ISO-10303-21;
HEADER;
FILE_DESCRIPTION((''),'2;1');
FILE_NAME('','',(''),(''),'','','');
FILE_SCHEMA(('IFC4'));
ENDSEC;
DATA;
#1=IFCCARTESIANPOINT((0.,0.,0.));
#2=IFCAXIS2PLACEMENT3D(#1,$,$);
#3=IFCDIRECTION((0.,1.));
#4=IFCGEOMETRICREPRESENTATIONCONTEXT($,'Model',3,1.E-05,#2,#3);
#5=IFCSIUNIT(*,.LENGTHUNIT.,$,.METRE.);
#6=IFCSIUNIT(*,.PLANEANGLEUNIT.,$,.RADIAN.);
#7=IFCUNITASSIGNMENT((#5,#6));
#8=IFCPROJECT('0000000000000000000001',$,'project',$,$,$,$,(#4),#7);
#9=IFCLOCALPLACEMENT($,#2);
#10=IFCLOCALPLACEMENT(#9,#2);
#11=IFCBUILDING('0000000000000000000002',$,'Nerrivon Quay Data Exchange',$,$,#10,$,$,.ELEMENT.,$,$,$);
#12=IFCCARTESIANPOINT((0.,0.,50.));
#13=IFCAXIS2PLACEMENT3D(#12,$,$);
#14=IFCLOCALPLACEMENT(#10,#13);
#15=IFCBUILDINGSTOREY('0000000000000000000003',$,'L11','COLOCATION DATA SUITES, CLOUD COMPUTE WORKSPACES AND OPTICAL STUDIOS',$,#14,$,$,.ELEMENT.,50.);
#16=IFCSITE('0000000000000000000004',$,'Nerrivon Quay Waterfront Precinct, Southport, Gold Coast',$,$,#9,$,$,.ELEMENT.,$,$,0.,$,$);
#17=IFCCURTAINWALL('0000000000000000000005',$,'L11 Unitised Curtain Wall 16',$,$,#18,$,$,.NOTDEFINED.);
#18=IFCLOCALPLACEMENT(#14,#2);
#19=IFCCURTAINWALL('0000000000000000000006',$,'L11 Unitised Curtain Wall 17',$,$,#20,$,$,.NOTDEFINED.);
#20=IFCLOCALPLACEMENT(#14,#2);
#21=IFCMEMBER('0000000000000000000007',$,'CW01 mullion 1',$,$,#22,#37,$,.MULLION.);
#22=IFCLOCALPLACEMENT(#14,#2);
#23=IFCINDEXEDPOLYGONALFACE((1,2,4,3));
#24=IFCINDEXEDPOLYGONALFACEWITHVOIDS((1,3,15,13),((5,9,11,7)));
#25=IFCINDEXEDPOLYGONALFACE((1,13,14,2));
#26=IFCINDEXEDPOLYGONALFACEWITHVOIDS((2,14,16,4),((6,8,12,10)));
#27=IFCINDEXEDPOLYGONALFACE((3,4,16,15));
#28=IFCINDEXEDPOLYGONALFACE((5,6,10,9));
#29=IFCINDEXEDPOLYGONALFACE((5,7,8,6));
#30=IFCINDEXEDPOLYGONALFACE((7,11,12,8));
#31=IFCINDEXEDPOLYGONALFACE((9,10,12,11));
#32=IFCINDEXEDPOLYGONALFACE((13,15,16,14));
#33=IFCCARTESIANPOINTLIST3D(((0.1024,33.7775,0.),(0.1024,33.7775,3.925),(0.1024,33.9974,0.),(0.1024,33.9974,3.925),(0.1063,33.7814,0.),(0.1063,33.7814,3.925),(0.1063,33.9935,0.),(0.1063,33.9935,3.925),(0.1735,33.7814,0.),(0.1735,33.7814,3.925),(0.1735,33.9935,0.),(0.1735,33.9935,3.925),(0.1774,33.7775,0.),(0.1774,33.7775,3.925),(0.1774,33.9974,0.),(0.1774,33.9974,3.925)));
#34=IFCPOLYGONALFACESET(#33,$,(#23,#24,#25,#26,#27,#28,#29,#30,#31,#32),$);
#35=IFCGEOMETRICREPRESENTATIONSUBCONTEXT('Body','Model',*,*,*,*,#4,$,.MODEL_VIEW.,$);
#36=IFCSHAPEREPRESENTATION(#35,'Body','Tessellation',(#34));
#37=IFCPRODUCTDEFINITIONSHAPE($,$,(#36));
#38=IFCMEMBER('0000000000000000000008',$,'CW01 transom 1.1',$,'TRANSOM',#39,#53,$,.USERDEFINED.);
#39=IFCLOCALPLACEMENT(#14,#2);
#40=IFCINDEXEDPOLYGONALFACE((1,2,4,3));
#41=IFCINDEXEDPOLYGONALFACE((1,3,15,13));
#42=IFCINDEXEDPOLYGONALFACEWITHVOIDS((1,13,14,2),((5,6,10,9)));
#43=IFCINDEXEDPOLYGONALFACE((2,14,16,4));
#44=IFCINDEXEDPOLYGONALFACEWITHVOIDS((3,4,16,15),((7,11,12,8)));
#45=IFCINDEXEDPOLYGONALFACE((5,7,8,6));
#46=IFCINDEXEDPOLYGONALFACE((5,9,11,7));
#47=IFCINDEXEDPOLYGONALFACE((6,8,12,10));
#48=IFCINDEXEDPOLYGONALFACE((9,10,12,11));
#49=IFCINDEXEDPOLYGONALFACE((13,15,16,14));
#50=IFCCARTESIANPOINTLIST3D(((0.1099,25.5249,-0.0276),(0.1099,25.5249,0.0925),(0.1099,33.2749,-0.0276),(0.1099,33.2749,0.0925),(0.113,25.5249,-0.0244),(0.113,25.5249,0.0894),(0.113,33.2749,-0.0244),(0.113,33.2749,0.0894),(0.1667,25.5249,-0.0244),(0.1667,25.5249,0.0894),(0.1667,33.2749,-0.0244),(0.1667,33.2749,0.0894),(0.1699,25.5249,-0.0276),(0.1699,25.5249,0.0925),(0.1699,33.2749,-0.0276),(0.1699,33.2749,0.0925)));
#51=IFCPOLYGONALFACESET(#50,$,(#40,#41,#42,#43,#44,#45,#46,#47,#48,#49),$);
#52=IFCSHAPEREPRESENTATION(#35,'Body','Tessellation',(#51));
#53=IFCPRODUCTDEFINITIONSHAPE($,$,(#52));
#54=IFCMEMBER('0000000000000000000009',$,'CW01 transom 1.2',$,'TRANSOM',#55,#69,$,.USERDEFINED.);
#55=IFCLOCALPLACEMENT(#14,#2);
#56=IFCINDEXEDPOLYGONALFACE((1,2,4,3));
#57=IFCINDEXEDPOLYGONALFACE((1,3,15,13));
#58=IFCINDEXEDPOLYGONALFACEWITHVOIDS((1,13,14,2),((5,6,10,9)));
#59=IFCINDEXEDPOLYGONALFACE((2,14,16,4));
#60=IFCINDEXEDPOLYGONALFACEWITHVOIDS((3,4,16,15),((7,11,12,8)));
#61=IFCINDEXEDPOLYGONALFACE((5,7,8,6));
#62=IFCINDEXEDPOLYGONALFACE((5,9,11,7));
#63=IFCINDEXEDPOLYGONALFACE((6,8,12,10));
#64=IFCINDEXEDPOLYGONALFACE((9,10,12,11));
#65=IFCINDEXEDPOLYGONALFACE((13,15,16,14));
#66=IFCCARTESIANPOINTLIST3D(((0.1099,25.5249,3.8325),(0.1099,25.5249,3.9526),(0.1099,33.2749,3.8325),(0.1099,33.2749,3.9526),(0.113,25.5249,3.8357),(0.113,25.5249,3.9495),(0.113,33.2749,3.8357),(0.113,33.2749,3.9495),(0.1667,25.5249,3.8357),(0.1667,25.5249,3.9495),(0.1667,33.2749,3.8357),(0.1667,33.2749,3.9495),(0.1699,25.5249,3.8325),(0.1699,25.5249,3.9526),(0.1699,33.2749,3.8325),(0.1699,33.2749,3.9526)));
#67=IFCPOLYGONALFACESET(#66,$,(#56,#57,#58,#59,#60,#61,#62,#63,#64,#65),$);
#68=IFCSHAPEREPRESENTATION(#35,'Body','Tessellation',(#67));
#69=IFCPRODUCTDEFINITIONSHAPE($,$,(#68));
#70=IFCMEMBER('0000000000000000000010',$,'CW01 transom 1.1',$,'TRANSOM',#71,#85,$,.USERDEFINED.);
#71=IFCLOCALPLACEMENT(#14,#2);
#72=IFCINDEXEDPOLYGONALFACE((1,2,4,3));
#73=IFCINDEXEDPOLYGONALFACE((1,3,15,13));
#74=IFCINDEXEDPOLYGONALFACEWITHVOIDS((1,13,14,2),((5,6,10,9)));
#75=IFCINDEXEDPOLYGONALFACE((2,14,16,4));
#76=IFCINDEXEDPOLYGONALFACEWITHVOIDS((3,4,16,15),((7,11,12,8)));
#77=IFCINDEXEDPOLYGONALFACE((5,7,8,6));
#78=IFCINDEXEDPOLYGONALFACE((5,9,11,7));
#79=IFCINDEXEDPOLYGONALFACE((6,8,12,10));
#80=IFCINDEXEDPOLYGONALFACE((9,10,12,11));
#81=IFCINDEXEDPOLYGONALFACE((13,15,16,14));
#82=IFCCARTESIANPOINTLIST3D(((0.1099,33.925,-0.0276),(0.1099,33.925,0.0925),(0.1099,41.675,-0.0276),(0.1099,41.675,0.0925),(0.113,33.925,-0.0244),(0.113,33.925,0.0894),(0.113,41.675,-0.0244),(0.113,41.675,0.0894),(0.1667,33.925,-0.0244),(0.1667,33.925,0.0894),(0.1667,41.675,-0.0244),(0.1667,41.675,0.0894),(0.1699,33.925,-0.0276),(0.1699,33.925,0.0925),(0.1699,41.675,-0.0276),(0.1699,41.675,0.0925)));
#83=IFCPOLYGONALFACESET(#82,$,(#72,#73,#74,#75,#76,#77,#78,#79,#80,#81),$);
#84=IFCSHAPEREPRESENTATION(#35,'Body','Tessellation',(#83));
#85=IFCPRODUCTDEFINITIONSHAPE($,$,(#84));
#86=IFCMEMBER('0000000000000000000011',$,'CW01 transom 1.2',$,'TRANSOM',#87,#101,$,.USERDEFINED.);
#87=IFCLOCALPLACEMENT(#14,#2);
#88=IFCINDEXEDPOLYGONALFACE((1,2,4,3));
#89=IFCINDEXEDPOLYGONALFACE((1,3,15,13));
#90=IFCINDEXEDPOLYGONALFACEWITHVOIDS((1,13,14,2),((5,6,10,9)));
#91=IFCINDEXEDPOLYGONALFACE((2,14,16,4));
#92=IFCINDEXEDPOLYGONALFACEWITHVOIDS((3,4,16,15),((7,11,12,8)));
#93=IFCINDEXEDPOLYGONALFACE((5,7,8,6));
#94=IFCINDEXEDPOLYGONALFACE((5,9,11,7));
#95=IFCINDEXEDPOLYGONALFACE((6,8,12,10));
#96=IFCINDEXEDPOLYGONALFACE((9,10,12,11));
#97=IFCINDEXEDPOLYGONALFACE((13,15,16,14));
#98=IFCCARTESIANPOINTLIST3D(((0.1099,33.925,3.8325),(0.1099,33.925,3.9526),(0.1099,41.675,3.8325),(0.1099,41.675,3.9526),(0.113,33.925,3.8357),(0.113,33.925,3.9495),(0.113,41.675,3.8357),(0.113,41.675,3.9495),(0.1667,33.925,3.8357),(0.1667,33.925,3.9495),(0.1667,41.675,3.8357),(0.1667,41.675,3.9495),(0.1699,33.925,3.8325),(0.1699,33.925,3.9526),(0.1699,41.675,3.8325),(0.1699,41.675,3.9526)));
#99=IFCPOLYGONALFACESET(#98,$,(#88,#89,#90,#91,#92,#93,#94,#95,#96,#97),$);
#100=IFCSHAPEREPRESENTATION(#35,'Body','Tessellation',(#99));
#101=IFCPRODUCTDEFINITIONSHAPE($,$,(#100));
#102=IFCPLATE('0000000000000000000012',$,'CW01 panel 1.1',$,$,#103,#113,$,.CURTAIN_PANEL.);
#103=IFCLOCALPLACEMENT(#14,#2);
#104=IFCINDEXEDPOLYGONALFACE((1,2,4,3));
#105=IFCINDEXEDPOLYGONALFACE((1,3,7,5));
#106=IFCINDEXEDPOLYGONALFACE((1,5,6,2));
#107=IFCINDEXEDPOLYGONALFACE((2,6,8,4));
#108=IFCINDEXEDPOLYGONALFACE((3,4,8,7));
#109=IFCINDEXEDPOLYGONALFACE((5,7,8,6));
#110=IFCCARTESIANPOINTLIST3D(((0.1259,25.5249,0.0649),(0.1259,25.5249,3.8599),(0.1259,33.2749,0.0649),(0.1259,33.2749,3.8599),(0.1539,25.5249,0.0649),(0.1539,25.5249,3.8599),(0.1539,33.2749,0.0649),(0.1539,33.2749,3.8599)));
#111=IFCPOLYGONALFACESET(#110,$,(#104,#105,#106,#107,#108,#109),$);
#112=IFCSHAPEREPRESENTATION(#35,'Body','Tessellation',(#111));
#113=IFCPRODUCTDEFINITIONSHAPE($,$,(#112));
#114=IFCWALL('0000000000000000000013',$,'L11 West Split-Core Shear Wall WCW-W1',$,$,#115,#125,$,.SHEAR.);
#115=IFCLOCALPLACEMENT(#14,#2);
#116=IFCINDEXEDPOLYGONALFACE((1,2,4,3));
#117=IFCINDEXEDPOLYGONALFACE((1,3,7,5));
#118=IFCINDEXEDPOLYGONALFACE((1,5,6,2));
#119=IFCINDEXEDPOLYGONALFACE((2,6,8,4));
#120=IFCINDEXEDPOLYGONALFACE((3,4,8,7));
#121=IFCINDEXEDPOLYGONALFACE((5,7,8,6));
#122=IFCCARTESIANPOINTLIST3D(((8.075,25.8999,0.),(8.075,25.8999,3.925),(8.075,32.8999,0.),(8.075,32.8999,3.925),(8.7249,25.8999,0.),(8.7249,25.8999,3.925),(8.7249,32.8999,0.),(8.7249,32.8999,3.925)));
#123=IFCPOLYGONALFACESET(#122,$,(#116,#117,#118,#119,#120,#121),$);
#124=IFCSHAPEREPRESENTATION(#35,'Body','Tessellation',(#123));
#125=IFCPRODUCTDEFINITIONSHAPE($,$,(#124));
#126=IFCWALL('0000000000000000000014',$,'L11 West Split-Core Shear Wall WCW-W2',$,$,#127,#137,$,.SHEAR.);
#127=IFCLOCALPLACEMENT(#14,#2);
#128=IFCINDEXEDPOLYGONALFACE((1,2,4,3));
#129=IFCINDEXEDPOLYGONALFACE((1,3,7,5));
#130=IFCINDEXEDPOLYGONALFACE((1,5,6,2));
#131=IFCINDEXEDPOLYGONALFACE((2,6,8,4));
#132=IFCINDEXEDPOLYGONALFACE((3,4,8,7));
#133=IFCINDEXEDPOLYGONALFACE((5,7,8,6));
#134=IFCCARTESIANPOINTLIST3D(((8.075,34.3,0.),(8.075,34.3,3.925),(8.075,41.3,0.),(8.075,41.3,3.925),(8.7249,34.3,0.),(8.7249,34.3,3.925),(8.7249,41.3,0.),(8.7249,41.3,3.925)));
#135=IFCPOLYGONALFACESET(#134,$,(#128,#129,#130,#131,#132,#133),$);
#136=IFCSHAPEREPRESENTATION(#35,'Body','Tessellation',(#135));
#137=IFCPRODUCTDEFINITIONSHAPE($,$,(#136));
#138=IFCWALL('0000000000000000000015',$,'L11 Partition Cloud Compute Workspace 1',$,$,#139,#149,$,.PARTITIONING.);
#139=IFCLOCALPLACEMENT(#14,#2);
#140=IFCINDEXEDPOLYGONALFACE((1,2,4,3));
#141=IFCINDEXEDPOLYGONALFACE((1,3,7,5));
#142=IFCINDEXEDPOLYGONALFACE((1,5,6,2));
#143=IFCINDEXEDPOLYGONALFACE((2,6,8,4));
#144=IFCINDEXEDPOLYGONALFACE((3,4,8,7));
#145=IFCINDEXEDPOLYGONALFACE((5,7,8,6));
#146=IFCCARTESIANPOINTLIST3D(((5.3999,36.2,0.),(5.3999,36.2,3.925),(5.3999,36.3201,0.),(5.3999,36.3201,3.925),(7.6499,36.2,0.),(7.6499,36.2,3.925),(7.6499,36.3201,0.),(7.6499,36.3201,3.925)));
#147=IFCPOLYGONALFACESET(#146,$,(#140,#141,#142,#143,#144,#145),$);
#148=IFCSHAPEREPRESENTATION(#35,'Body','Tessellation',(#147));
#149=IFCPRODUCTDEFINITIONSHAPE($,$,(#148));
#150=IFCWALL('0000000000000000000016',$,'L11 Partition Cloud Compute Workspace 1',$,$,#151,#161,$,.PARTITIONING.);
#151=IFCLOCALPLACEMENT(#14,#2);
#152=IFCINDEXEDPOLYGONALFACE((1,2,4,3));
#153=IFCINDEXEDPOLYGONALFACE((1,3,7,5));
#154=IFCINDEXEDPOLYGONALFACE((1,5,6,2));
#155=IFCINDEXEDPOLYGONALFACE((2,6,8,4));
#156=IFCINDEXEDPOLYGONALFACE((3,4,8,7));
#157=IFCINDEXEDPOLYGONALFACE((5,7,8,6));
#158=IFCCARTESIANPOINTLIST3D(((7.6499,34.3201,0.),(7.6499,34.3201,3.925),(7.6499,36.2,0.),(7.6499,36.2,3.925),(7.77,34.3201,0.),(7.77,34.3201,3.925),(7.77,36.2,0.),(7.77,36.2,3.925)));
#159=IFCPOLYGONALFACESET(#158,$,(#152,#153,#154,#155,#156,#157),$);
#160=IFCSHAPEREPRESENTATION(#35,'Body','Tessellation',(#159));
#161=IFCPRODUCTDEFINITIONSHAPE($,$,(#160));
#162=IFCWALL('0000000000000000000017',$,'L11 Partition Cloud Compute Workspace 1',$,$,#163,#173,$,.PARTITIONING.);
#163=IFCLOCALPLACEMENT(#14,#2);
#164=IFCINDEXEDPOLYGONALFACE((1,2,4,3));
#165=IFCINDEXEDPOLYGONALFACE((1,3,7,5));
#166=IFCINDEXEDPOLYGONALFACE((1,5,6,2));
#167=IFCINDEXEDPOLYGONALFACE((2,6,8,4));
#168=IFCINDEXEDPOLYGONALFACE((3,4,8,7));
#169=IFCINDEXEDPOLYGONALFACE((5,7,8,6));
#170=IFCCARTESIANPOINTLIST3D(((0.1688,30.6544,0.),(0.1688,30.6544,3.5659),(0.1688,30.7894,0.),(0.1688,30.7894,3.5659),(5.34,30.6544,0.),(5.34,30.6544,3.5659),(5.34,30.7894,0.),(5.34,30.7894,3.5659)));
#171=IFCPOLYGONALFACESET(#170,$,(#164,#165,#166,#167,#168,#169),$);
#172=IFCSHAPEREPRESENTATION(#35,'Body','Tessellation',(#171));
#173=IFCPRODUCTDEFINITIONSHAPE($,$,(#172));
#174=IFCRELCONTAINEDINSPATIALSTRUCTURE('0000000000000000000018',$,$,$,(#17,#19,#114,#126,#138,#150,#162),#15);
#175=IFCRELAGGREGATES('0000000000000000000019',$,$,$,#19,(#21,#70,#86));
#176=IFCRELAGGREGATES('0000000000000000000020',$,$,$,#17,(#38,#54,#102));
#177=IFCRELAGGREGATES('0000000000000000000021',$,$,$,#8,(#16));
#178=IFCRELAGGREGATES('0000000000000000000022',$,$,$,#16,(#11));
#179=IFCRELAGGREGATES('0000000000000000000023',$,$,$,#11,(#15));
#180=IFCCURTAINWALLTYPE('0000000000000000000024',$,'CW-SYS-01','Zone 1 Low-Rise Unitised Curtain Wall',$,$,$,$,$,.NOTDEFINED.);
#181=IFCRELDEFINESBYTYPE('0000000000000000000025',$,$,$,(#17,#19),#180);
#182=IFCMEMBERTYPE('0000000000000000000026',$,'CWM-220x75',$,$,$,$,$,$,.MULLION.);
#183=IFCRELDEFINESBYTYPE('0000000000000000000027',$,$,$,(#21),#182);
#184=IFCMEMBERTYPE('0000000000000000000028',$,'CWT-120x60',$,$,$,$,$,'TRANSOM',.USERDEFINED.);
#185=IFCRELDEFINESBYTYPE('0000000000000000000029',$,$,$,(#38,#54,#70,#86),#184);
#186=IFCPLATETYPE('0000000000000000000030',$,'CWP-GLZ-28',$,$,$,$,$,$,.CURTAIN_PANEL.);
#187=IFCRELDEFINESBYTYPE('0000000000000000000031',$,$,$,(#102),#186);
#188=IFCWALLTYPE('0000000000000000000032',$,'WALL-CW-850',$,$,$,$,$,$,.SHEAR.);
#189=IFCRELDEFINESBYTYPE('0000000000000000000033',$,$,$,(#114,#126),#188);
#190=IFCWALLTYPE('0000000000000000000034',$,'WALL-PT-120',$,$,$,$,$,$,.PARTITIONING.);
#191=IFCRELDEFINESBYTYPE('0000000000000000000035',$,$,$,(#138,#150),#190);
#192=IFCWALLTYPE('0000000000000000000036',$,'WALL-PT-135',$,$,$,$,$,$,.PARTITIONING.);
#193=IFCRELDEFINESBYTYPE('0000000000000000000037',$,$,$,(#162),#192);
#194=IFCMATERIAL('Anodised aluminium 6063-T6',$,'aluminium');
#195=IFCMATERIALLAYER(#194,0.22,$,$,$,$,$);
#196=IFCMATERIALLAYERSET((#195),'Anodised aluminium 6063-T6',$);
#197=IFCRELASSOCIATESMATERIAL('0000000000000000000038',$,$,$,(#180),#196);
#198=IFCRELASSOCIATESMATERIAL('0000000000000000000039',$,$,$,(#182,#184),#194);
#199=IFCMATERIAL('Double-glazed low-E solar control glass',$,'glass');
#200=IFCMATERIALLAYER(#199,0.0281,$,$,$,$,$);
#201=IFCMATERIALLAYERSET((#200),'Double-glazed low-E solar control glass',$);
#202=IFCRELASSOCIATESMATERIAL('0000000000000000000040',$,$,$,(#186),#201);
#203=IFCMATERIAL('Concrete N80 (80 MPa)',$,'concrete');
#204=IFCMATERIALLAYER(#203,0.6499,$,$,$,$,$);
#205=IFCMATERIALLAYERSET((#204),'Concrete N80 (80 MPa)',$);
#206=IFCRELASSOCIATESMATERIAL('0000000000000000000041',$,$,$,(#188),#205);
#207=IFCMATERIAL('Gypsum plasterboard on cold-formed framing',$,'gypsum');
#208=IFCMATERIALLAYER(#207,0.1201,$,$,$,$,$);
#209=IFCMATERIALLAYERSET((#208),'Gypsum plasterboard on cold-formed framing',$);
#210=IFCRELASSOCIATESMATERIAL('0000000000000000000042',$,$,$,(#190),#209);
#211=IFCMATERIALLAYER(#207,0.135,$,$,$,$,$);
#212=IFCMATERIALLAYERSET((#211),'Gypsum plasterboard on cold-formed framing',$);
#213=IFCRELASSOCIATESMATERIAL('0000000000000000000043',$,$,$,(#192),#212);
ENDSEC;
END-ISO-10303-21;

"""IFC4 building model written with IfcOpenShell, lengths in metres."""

from ifc_helpers import new_model, si_unit, direction, frame, frame_2d, origin, origin_2d, place, context, subcontext, project, spatial, rectangle, hollow_rectangle, extrude, material, layer, layer_set, material_profile, profile_set, type_object, element, aggregate, save


model = new_model("IFC4")

# Units and contexts
model_context = context("Model", 3, precision=1e-05, world=origin(), true_north=direction((0.0, 1.0)))
body_context = subcontext(model_context, "Body", "Model", "MODEL_VIEW")
ifc_project = project(units=[si_unit("LENGTHUNIT", "METRE"), si_unit("PLANEANGLEUNIT", "RADIAN")], contexts=[model_context])

# Site, building, storey
site_placement = place(None, origin())
site = spatial("IfcSite", under=ifc_project, at=site_placement, Name="Nerrivon Quay Waterfront Precinct, Southport, Gold Coast", CompositionType="ELEMENT", RefElevation=0.0)
building_placement = place(site_placement, origin())
building = spatial("IfcBuilding", under=site, at=building_placement, Name="Nerrivon Quay Data Exchange", CompositionType="ELEMENT")
storey_placement = place(building_placement, frame((0.0, 0.0, 50.0)))
storey = spatial("IfcBuildingStorey", under=building, at=storey_placement, Name="L11", Description="COLOCATION DATA SUITES, CLOUD COMPUTE WORKSPACES AND OPTICAL STUDIOS", CompositionType="ELEMENT", Elevation=50.0)

# Shared definitions
ifc_material_1 = material(Name="Concrete N80 (80 MPa)", Category="concrete")

# Curtain wall
ifc_material_2 = material(Name="Anodised aluminium 6063-T6", Category="aluminium")
ifc_layer_1 = layer(ifc_material_2, 0.22)
ifc_layer_set_1 = layer_set([ifc_layer_1], Name="Anodised aluminium 6063-T6")
curtain_wall_type = type_object("IfcCurtainWallType", Name="CW-SYS-01", Description="Zone 1 Low-Rise Unitised Curtain Wall", PredefinedType="NOTDEFINED", material=ifc_layer_set_1)
curtain_wall_1_placement = place(storey_placement, origin())
curtain_wall_1 = element("IfcCurtainWall", 1, at=curtain_wall_1_placement, inside=storey, type_object=curtain_wall_type, Name="L11 Unitised Curtain Wall 16", PredefinedType="NOTDEFINED")
ifc_material_profile_1 = material_profile(ifc_material_2, hollow_rectangle(XDim=0.075, YDim=0.22, WallThickness=0.0039, at=origin_2d()), Name="ALU-MULL-220x75")
ifc_profile_set_1 = profile_set([ifc_material_profile_1], Name="Anodised aluminium 6063-T6")
member_type_1 = type_object("IfcMemberType", Name="CWM-220x75", PredefinedType="MULLION", material=ifc_profile_set_1)

# Curtain wall, member
curtain_wall_2_placement = place(storey_placement, origin())
curtain_wall_2 = element("IfcCurtainWall", 2, at=curtain_wall_2_placement, inside=storey, type_object=curtain_wall_type, Name="L11 Unitised Curtain Wall 17", PredefinedType="NOTDEFINED")
member_1_placement = place(storey_placement, frame((0.1399, 33.8875, 0.0), z_axis=(0.0, 0.0, 1.0), x_axis=(-1.0, 0.0, 0.0)))
member_1 = element("IfcMember", 3, at=member_1_placement, type_object=member_type_1, Name="CW01 mullion 1", PredefinedType="MULLION", context=body_context, shape_type="SweptSolid", body=[
    extrude(hollow_rectangle(XDim=0.075, YDim=0.22, WallThickness=0.0039, at=origin_2d()), origin(), (0.0, 0.0, 1.0), 3.925),
])

# Members
ifc_material_profile_2 = material_profile(ifc_material_2, hollow_rectangle(XDim=0.0601, YDim=0.1201, WallThickness=0.0032, at=origin_2d()), Name="ALU-TRAN-120x60")
ifc_profile_set_2 = profile_set([ifc_material_profile_2], Name="Anodised aluminium 6063-T6")
member_type_2 = type_object("IfcMemberType", Name="CWT-120x60", ElementType="TRANSOM", PredefinedType="USERDEFINED", material=ifc_profile_set_2)
member_2_placement = place(storey_placement, frame((0.1399, 25.5249, 0.0325), z_axis=(0.0, 1.0, 0.0), x_axis=(-1.0, 0.0, 0.0)))
member_2 = element("IfcMember", 4, at=member_2_placement, type_object=member_type_2, Name="CW01 transom 1.1", ObjectType="TRANSOM", PredefinedType="USERDEFINED", context=body_context, shape_type="SweptSolid", body=[
    extrude(hollow_rectangle(XDim=0.0601, YDim=0.1201, WallThickness=0.0032, at=origin_2d()), origin(), (0.0, 0.0, 1.0), 7.75),
])
member_3_placement = place(storey_placement, frame((0.1399, 25.5249, 3.8926), z_axis=(0.0, 1.0, 0.0), x_axis=(-1.0, 0.0, 0.0)))
member_3 = element("IfcMember", 5, at=member_3_placement, type_object=member_type_2, Name="CW01 transom 1.2", ObjectType="TRANSOM", PredefinedType="USERDEFINED", context=body_context, shape_type="SweptSolid", body=[
    extrude(hollow_rectangle(XDim=0.0601, YDim=0.1201, WallThickness=0.0032, at=origin_2d()), origin(), (0.0, 0.0, 1.0), 7.75),
])
member_4_placement = place(storey_placement, frame((0.1399, 33.925, 0.0325), z_axis=(0.0, 1.0, 0.0), x_axis=(-1.0, 0.0, 0.0)))
member_4 = element("IfcMember", 6, at=member_4_placement, type_object=member_type_2, Name="CW01 transom 1.1", ObjectType="TRANSOM", PredefinedType="USERDEFINED", context=body_context, shape_type="SweptSolid", body=[
    extrude(hollow_rectangle(XDim=0.0601, YDim=0.1201, WallThickness=0.0032, at=origin_2d()), origin(), (0.0, 0.0, 1.0), 7.75),
])
member_5_placement = place(storey_placement, frame((0.1399, 33.925, 3.8926), z_axis=(0.0, 1.0, 0.0), x_axis=(-1.0, 0.0, 0.0)))
member_5 = element("IfcMember", 7, at=member_5_placement, type_object=member_type_2, Name="CW01 transom 1.2", ObjectType="TRANSOM", PredefinedType="USERDEFINED", context=body_context, shape_type="SweptSolid", body=[
    extrude(hollow_rectangle(XDim=0.0601, YDim=0.1201, WallThickness=0.0032, at=origin_2d()), origin(), (0.0, 0.0, 1.0), 7.75),
])
aggregate(curtain_wall_2, [member_1, member_4, member_5])

# Plate
ifc_material_3 = material(Name="Double-glazed low-E solar control glass", Category="glass")
ifc_layer_2 = layer(ifc_material_3, 0.0281)
ifc_layer_set_2 = layer_set([ifc_layer_2], Name="Double-glazed low-E solar control glass")
plate_type = type_object("IfcPlateType", Name="CWP-GLZ-28", PredefinedType="CURTAIN_PANEL", material=ifc_layer_set_2)
plate_placement = place(storey_placement, frame((0.1399, 29.3999, 0.0649), z_axis=(0.0, 0.0, 1.0), x_axis=(0.0, 1.0, 0.0)))
plate = element("IfcPlate", 8, at=plate_placement, type_object=plate_type, Name="CW01 panel 1.1", PredefinedType="CURTAIN_PANEL", context=body_context, shape_type="SweptSolid", body=[
    extrude(rectangle(XDim=7.75, YDim=0.0281, at=origin_2d()), origin(), (0.0, 0.0, 1.0), 3.7949),
])
aggregate(curtain_wall_1, [member_2, member_3, plate])

# Walls
ifc_layer_3 = layer(ifc_material_1, 0.6499)
ifc_layer_set_3 = layer_set([ifc_layer_3], Name="Concrete N80 (80 MPa)")
wall_type_1 = type_object("IfcWallType", Name="WALL-CW-850", PredefinedType="SHEAR", material=ifc_layer_set_3)
for number, where, z_axis, x_axis, name in (
    (9, (8.3999, 25.8999, 0.0), (0.0, 0.0, 1.0), (0.0, 1.0, 0.0), "L11 West Split-Core Shear Wall WCW-W1"),
    (10, (8.3999, 34.3, 0.0), (0.0, 0.0, 1.0), (0.0, 1.0, 0.0), "L11 West Split-Core Shear Wall WCW-W2"),
):
    element("IfcWall", number, at=place(storey_placement, frame(where, z_axis=z_axis, x_axis=x_axis)), inside=storey, type_object=wall_type_1, Name=name, PredefinedType="SHEAR", context=body_context, shape_type="SweptSolid", body=[
        extrude(rectangle(XDim=7.0, YDim=0.6499, at=frame_2d((3.5, 0.0))), origin(), (0.0, 0.0, 1.0), 3.925),
    ])
ifc_material_4 = material(Name="Gypsum plasterboard on cold-formed framing", Category="gypsum")
ifc_layer_4 = layer(ifc_material_4, 0.1201)
ifc_layer_set_4 = layer_set([ifc_layer_4], Name="Gypsum plasterboard on cold-formed framing")
wall_type_2 = type_object("IfcWallType", Name="WALL-PT-120", PredefinedType="PARTITIONING", material=ifc_layer_set_4)
wall_1_placement = place(storey_placement, frame((5.3999, 36.26, 0.0), z_axis=(0.0, 0.0, 1.0), x_axis=(1.0, 0.0, 0.0)))
element("IfcWall", 11, at=wall_1_placement, inside=storey, type_object=wall_type_2, Name="L11 Partition Cloud Compute Workspace 1", PredefinedType="PARTITIONING", context=body_context, shape_type="SweptSolid", body=[
    extrude(rectangle(XDim=2.25, YDim=0.1201, at=frame_2d((1.125, 0.0))), origin(), (0.0, 0.0, 1.0), 3.925),
])
wall_2_placement = place(storey_placement, frame((7.71, 36.2, 0.0), z_axis=(0.0, 0.0, 1.0), x_axis=(0.0, -1.0, 0.0)))
element("IfcWall", 12, at=wall_2_placement, inside=storey, type_object=wall_type_2, Name="L11 Partition Cloud Compute Workspace 1", PredefinedType="PARTITIONING", context=body_context, shape_type="SweptSolid", body=[
    extrude(rectangle(XDim=1.8799, YDim=0.1201, at=frame_2d((0.9399, 0.0))), origin(), (0.0, 0.0, 1.0), 3.925),
])
ifc_layer_5 = layer(ifc_material_4, 0.135)
ifc_layer_set_5 = layer_set([ifc_layer_5], Name="Gypsum plasterboard on cold-formed framing")
wall_type_3 = type_object("IfcWallType", Name="WALL-PT-135", PredefinedType="PARTITIONING", material=ifc_layer_set_5)
wall_3_placement = place(storey_placement, frame((0.1689, 30.7219, 0.0), z_axis=(0.0, 0.0, 1.0), x_axis=(1.0, 0.0, 0.0)))
element("IfcWall", 13, at=wall_3_placement, inside=storey, type_object=wall_type_3, Name="L11 Partition Cloud Compute Workspace 1", PredefinedType="PARTITIONING", context=body_context, shape_type="SweptSolid", body=[
    extrude(rectangle(XDim=5.1711, YDim=0.135, at=frame_2d((2.5854, 0.0))), origin(), (0.0, 0.0, 1.0), 3.5659),
])

save(model, "model.ifc")
